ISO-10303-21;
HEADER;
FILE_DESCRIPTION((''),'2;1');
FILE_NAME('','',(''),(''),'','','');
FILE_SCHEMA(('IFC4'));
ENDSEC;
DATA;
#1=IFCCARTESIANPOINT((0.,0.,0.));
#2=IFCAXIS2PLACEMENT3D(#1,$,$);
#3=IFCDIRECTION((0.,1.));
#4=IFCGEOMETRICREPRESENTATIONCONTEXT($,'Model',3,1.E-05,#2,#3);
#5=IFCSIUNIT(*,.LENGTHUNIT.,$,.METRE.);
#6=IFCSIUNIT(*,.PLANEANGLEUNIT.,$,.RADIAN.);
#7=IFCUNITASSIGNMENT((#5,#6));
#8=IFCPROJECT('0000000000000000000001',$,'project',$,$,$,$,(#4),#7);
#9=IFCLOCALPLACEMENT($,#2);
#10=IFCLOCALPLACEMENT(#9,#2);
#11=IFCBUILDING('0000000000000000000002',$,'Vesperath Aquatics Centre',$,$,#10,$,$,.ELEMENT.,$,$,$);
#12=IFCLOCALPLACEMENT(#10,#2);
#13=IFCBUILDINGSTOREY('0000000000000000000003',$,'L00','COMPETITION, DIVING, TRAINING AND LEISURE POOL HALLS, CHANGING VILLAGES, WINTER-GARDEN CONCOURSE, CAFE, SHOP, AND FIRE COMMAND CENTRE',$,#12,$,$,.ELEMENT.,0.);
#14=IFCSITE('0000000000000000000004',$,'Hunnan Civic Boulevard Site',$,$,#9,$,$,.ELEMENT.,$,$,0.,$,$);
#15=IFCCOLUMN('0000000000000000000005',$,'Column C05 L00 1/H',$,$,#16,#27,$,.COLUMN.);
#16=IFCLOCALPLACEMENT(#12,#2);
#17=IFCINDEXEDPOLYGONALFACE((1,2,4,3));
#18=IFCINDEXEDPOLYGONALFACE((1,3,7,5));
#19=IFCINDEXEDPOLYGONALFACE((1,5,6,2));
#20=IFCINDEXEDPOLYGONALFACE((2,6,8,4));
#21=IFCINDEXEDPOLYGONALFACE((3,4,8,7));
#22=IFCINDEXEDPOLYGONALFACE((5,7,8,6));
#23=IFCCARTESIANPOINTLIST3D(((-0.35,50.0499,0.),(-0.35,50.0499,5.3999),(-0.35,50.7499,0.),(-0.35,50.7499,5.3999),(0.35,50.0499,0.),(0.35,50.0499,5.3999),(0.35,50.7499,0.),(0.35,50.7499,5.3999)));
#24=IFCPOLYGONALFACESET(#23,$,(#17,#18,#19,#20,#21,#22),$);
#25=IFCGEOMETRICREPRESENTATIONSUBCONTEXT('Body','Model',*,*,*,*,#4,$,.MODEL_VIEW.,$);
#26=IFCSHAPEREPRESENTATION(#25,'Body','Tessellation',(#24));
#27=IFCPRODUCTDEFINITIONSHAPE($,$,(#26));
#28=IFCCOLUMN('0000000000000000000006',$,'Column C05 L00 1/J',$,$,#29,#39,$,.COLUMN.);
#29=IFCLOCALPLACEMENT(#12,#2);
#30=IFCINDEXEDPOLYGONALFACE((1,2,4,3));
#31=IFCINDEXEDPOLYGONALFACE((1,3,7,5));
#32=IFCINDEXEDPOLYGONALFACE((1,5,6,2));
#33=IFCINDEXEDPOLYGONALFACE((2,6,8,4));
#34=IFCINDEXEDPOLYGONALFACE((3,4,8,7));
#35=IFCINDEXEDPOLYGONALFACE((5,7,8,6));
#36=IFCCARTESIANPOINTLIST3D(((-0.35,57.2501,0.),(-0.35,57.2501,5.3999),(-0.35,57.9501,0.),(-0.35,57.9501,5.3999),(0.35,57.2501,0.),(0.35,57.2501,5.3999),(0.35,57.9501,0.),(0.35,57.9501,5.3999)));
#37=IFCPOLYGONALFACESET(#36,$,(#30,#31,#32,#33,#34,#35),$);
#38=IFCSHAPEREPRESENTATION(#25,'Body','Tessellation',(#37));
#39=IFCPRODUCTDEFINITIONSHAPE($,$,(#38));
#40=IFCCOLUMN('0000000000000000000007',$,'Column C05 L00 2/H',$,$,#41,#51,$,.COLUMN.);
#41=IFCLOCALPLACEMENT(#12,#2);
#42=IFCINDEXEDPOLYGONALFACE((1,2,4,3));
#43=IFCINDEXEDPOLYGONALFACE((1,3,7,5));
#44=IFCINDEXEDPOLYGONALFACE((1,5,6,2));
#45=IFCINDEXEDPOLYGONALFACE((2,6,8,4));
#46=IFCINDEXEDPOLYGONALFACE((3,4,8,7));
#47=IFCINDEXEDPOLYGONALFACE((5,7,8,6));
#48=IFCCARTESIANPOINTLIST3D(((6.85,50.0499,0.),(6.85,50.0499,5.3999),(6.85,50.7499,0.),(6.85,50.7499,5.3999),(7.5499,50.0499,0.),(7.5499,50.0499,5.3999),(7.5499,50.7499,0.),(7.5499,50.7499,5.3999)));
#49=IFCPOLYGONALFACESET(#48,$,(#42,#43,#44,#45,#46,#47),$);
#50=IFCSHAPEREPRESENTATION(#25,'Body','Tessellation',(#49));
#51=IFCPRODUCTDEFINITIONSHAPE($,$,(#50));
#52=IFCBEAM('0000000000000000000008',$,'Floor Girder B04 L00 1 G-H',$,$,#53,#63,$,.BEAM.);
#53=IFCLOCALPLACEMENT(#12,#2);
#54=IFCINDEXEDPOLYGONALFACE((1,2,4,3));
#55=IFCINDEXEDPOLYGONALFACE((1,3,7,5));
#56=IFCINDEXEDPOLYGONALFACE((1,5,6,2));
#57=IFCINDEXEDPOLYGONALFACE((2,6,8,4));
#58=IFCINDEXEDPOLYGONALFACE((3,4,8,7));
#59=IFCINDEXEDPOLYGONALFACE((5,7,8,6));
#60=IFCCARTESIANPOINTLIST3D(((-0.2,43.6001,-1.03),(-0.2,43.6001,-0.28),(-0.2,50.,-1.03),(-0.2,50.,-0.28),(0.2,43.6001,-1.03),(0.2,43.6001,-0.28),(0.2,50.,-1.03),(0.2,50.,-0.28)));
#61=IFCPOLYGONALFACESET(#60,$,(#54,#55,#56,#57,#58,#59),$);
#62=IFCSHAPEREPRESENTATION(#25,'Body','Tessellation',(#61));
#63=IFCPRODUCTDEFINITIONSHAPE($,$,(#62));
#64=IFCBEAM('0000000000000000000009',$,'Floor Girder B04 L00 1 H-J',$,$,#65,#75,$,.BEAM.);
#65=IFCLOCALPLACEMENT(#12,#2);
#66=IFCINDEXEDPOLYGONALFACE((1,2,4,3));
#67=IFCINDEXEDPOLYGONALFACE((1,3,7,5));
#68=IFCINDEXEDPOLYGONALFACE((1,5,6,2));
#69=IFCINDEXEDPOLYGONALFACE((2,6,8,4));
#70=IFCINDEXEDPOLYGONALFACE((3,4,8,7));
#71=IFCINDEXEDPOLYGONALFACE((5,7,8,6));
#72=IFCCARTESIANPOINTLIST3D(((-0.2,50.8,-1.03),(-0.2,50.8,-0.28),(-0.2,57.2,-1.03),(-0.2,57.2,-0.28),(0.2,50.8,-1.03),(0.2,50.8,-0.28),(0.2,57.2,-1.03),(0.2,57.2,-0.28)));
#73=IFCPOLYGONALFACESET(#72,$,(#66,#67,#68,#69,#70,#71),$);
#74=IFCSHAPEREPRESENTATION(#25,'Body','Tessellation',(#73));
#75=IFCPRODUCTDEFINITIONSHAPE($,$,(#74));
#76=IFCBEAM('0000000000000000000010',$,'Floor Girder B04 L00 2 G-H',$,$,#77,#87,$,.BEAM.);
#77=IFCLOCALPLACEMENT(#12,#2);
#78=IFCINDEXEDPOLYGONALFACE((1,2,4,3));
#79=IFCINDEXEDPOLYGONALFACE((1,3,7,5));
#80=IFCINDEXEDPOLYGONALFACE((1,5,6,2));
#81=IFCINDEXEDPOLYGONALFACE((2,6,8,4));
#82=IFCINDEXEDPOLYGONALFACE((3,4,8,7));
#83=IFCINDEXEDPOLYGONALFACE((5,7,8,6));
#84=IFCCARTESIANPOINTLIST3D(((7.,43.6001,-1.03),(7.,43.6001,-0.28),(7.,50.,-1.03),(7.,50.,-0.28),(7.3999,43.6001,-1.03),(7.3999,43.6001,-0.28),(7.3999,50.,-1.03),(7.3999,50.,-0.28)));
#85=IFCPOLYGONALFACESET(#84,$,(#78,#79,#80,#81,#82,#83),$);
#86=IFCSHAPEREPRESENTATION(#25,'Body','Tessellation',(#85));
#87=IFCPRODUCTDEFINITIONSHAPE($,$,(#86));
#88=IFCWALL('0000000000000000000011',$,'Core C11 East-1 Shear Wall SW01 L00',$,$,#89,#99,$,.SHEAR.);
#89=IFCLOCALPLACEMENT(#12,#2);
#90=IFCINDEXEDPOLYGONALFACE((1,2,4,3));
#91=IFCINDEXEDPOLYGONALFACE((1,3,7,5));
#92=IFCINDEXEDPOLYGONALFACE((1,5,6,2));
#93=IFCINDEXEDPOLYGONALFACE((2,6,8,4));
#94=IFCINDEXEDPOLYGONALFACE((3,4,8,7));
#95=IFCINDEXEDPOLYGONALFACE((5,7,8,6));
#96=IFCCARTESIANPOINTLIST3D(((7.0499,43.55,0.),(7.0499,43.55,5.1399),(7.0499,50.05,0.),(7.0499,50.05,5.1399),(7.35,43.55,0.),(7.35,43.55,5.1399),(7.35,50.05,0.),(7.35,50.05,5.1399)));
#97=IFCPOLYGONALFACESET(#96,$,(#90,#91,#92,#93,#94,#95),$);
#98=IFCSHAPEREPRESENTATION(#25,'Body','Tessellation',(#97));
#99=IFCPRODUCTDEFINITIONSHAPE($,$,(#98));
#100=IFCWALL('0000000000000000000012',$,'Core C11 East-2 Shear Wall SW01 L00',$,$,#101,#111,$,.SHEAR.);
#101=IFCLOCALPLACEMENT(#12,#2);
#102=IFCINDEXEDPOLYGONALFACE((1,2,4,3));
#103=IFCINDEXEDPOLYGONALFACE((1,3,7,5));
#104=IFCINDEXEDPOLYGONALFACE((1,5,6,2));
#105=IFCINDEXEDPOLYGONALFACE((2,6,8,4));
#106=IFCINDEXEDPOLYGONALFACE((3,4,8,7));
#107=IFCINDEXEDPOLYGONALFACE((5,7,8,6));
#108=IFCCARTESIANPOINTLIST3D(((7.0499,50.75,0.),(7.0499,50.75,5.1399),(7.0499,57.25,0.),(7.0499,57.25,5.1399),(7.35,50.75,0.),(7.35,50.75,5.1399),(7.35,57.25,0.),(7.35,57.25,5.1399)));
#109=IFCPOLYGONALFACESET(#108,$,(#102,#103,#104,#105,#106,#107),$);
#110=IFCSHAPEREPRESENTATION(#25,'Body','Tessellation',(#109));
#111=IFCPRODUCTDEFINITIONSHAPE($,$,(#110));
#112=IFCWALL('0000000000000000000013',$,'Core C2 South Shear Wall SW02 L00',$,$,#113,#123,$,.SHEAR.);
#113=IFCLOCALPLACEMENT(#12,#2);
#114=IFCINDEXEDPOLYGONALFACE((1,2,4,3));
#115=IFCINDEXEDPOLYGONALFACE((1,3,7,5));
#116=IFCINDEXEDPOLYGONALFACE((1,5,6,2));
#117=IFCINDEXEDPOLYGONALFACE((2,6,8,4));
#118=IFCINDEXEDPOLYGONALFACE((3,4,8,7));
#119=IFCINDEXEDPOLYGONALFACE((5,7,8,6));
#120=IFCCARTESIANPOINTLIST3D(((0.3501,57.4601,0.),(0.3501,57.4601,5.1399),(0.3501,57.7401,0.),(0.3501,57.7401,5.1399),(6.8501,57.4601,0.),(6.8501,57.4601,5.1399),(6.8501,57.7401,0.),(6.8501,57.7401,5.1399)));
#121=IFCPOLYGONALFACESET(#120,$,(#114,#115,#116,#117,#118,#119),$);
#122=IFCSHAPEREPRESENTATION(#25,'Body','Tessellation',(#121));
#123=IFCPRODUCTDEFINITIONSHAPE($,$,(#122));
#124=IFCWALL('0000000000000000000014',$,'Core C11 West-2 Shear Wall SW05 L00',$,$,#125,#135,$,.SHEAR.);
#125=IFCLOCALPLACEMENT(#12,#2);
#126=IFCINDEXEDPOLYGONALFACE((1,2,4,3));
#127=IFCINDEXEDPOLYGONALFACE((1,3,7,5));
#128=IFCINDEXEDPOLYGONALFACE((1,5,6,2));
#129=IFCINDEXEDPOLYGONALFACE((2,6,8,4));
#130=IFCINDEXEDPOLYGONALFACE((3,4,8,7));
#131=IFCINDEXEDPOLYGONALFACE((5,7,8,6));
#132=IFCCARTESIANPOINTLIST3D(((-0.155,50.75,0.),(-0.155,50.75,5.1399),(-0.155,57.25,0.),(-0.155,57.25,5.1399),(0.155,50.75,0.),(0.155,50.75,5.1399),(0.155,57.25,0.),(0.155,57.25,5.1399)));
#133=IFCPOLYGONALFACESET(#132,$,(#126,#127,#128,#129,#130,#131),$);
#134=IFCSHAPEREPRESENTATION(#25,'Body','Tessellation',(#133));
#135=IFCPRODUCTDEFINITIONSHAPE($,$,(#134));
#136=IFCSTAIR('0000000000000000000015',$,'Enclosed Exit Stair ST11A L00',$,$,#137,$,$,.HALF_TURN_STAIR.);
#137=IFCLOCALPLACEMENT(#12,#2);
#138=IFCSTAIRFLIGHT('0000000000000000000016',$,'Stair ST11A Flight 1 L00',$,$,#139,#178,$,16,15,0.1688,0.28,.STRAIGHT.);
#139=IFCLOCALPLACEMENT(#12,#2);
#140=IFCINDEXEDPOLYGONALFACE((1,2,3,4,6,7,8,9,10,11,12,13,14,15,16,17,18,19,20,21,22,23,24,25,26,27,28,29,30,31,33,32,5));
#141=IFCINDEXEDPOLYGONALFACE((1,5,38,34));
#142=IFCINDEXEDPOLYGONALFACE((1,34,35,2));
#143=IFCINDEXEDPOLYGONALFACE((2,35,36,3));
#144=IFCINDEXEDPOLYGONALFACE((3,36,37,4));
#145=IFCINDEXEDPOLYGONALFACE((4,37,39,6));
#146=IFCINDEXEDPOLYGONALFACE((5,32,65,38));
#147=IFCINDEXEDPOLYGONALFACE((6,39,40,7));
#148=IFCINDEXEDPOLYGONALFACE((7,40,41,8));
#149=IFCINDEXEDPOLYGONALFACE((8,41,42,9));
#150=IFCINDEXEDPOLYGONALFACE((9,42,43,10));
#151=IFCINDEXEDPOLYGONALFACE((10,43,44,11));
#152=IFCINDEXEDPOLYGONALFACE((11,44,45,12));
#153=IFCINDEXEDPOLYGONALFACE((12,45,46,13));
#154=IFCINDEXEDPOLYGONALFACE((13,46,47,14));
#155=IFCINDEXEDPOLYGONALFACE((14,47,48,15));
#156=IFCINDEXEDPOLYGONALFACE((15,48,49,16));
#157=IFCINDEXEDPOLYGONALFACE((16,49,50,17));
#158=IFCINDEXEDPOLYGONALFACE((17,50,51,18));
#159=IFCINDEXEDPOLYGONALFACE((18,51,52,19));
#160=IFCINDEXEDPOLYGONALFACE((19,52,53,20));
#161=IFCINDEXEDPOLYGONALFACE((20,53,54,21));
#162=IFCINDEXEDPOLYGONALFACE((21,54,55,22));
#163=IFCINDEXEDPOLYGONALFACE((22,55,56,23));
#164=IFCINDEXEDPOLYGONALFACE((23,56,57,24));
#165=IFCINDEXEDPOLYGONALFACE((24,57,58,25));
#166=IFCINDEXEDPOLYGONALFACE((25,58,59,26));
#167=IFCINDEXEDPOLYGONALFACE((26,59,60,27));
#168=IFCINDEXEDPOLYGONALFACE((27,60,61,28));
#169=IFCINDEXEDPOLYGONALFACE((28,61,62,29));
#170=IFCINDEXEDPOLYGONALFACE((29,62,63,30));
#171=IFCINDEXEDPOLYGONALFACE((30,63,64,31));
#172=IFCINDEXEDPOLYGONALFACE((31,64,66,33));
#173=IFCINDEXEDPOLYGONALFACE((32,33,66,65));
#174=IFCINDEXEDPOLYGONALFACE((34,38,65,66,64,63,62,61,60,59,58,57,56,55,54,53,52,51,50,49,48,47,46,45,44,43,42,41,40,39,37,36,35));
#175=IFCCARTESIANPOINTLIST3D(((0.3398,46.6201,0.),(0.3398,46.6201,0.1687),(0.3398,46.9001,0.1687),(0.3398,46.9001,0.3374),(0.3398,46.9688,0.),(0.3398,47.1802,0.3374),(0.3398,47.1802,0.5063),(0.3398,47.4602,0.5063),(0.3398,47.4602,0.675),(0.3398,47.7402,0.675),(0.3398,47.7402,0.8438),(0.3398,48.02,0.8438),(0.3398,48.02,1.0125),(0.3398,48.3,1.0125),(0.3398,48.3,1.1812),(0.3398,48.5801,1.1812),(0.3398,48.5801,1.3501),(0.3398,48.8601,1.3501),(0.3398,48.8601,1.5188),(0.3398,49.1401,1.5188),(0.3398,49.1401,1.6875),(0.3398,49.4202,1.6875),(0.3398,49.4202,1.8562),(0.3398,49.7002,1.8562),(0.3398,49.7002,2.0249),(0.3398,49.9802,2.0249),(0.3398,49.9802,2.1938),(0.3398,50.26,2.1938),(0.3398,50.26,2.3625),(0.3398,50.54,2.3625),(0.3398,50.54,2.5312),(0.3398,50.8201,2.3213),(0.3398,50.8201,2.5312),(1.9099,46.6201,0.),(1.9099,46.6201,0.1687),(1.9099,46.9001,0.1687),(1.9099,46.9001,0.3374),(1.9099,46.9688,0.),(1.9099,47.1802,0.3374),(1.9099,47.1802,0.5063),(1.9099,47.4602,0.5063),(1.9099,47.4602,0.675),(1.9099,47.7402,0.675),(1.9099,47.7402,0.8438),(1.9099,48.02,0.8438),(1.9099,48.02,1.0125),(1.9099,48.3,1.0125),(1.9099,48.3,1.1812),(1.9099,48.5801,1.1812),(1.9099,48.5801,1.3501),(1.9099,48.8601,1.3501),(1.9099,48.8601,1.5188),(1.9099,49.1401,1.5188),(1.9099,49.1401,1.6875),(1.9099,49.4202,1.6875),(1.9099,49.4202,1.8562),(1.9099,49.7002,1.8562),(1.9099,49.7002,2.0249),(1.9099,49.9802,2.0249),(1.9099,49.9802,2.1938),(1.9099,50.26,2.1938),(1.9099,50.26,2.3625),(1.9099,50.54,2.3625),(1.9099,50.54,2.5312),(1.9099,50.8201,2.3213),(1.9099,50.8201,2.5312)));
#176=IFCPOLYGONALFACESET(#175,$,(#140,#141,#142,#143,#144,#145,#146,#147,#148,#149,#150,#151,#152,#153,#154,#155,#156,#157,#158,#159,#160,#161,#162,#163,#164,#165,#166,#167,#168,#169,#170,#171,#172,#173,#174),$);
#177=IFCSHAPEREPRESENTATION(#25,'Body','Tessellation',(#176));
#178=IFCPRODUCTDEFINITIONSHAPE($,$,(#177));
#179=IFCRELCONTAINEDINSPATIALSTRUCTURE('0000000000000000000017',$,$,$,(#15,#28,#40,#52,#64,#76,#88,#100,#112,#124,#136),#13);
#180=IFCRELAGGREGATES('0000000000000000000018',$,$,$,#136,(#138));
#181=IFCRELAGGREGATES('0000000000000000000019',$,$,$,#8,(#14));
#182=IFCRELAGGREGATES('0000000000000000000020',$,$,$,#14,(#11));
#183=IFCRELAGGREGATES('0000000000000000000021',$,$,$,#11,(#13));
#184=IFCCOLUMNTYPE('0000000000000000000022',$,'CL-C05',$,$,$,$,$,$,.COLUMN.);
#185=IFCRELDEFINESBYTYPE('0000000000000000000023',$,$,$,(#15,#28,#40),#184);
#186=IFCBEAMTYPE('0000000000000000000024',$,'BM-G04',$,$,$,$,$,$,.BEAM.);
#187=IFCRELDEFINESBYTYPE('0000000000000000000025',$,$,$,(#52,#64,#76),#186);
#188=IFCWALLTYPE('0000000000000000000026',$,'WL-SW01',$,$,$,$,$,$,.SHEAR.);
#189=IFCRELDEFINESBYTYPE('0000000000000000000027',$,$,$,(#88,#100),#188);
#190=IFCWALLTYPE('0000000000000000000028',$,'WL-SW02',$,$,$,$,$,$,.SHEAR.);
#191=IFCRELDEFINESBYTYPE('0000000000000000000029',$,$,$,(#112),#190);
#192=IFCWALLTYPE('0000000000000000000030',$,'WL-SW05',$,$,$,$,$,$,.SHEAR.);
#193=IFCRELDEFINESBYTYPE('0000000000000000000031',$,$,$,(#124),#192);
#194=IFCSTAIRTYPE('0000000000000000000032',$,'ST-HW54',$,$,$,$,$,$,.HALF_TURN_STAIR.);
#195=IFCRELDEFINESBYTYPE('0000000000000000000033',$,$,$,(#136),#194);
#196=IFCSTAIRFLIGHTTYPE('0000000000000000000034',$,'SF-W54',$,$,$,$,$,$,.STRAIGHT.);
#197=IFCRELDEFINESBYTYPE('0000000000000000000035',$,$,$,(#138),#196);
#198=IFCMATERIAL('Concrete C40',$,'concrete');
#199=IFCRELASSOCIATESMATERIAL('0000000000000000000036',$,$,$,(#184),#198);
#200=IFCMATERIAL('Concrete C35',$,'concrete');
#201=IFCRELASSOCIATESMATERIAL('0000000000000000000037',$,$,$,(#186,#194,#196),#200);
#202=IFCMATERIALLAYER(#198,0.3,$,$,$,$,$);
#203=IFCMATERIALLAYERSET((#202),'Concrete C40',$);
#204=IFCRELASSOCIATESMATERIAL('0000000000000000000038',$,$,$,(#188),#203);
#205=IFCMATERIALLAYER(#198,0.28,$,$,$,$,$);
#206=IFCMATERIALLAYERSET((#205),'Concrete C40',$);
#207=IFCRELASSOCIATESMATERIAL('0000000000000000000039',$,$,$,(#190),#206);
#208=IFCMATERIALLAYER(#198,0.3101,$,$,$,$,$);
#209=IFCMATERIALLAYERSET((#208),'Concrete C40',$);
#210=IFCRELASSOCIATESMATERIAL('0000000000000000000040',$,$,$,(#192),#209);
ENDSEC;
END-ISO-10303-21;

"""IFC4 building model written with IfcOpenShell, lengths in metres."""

from ifc_helpers import new_model, si_unit, direction, frame, frame_2d, origin, origin_2d, place, context, subcontext, project, spatial, polyline, rectangle, outline, extrude, material, layer, layer_set, material_profile, profile_set, type_object, element, aggregate, save


model = new_model("IFC4")

# Units and contexts
model_context = context("Model", 3, precision=1e-05, world=origin(), true_north=direction((0.0, 1.0)))
body_context = subcontext(model_context, "Body", "Model", "MODEL_VIEW")
ifc_project = project(units=[si_unit("LENGTHUNIT", "METRE"), si_unit("PLANEANGLEUNIT", "RADIAN")], contexts=[model_context])

# Site, building, storey
site_placement = place(None, origin())
site = spatial("IfcSite", under=ifc_project, at=site_placement, Name="Hunnan Civic Boulevard Site", CompositionType="ELEMENT", RefElevation=0.0)
building_placement = place(site_placement, origin())
building = spatial("IfcBuilding", under=site, at=building_placement, Name="Vesperath Aquatics Centre", CompositionType="ELEMENT")
storey_placement = place(building_placement, origin())
storey = spatial("IfcBuildingStorey", under=building, at=storey_placement, Name="L00", Description="COMPETITION, DIVING, TRAINING AND LEISURE POOL HALLS, CHANGING VILLAGES, WINTER-GARDEN CONCOURSE, CAFE, SHOP, AND FIRE COMMAND CENTRE", CompositionType="ELEMENT", Elevation=0.0)

# Columns
ifc_material_1 = material(Name="Concrete C40", Category="concrete")
ifc_material_profile_1 = material_profile(ifc_material_1, rectangle(XDim=0.7, YDim=0.7, at=origin_2d()), Name="RC 700x700")
ifc_profile_set_1 = profile_set([ifc_material_profile_1], Name="Concrete C40")
column_type = type_object("IfcColumnType", Name="CL-C05", PredefinedType="COLUMN", material=ifc_profile_set_1)
for number, where, z_axis, x_axis, name in (
    (1, (0.0, 50.3999, 0.0), (0.0, 0.0, 1.0), (1.0, 0.0, 0.0), "Column C05 L00 1/H"),
    (2, (0.0, 57.6001, 0.0), (0.0, 0.0, 1.0), (1.0, 0.0, 0.0), "Column C05 L00 1/J"),
    (3, (7.2, 50.3999, 0.0), (0.0, 0.0, 1.0), (1.0, 0.0, 0.0), "Column C05 L00 2/H"),
):
    element("IfcColumn", number, at=place(storey_placement, frame(where, z_axis=z_axis, x_axis=x_axis)), inside=storey, type_object=column_type, Name=name, PredefinedType="COLUMN", context=body_context, shape_type="SweptSolid", body=[
        extrude(rectangle(XDim=0.7, YDim=0.7, at=origin_2d()), origin(), (0.0, 0.0, 1.0), 5.3999),
    ])

# Beams
ifc_material_2 = material(Name="Concrete C35", Category="concrete")
ifc_material_profile_2 = material_profile(ifc_material_2, rectangle(XDim=0.3999, YDim=0.75, at=origin_2d()), Name="RC 400x750")
ifc_profile_set_2 = profile_set([ifc_material_profile_2], Name="Concrete C35")
beam_type = type_object("IfcBeamType", Name="BM-G04", PredefinedType="BEAM", material=ifc_profile_set_2)
for number, where, z_axis, x_axis, name in (
    (4, (0.0, 43.6001, -0.655), (0.0, 1.0, 0.0), (-1.0, 0.0, 0.0), "Floor Girder B04 L00 1 G-H"),
    (5, (0.0, 50.8, -0.655), (0.0, 1.0, 0.0), (-1.0, 0.0, 0.0), "Floor Girder B04 L00 1 H-J"),
    (6, (7.2, 43.6001, -0.655), (0.0, 1.0, 0.0), (-1.0, 0.0, 0.0), "Floor Girder B04 L00 2 G-H"),
):
    element("IfcBeam", number, at=place(storey_placement, frame(where, z_axis=z_axis, x_axis=x_axis)), inside=storey, type_object=beam_type, Name=name, PredefinedType="BEAM", context=body_context, shape_type="SweptSolid", body=[
        extrude(rectangle(XDim=0.3999, YDim=0.75, at=origin_2d()), origin(), (0.0, 0.0, 1.0), 6.3999),
    ])

# Walls
ifc_layer_1 = layer(ifc_material_1, 0.3)
ifc_layer_set_1 = layer_set([ifc_layer_1], Name="Concrete C40")
wall_type_1 = type_object("IfcWallType", Name="WL-SW01", PredefinedType="SHEAR", material=ifc_layer_set_1)
for number, where, z_axis, x_axis, name in (
    (7, (7.2, 43.55, 0.0), (0.0, 0.0, 1.0), (0.0, 1.0, 0.0), "Core C11 East-1 Shear Wall SW01 L00"),
    (8, (7.2, 50.75, 0.0), (0.0, 0.0, 1.0), (0.0, 1.0, 0.0), "Core C11 East-2 Shear Wall SW01 L00"),
):
    element("IfcWall", number, at=place(storey_placement, frame(where, z_axis=z_axis, x_axis=x_axis)), inside=storey, type_object=wall_type_1, Name=name, PredefinedType="SHEAR", context=body_context, shape_type="SweptSolid", body=[
        extrude(rectangle(XDim=6.5, YDim=0.3, at=frame_2d((3.25, 0.0))), origin(), (0.0, 0.0, 1.0), 5.1399),
    ])
ifc_layer_2 = layer(ifc_material_1, 0.28)
ifc_layer_set_2 = layer_set([ifc_layer_2], Name="Concrete C40")
wall_type_2 = type_object("IfcWallType", Name="WL-SW02", PredefinedType="SHEAR", material=ifc_layer_set_2)
wall_1_placement = place(storey_placement, frame((0.3501, 57.6001, 0.0), z_axis=(0.0, 0.0, 1.0), x_axis=(1.0, 0.0, 0.0)))
element("IfcWall", 9, at=wall_1_placement, inside=storey, type_object=wall_type_2, Name="Core C2 South Shear Wall SW02 L00", PredefinedType="SHEAR", context=body_context, shape_type="SweptSolid", body=[
    extrude(rectangle(XDim=6.5, YDim=0.28, at=frame_2d((3.25, 0.0))), origin(), (0.0, 0.0, 1.0), 5.1399),
])

# Shared definitions
ifc_layer_3 = layer(ifc_material_1, 0.3101)
ifc_layer_set_3 = layer_set([ifc_layer_3], Name="Concrete C40")
wall_type_3 = type_object("IfcWallType", Name="WL-SW05", PredefinedType="SHEAR", material=ifc_layer_set_3)

# Wall
wall_2_placement = place(storey_placement, frame((0.0, 50.75, 0.0), z_axis=(0.0, 0.0, 1.0), x_axis=(0.0, 1.0, 0.0)))
element("IfcWall", 10, at=wall_2_placement, inside=storey, type_object=wall_type_3, Name="Core C11 West-2 Shear Wall SW05 L00", PredefinedType="SHEAR", context=body_context, shape_type="SweptSolid", body=[
    extrude(rectangle(XDim=6.5, YDim=0.3101, at=frame_2d((3.25, 0.0))), origin(), (0.0, 0.0, 1.0), 5.1399),
])

# Stair, stair flight
stair_type = type_object("IfcStairType", Name="ST-HW54", PredefinedType="HALF_TURN_STAIR", material=ifc_material_2)
stair_1_placement = place(storey_placement, origin())
stair_1 = element("IfcStair", 11, at=stair_1_placement, inside=storey, type_object=stair_type, Name="Enclosed Exit Stair ST11A L00", PredefinedType="HALF_TURN_STAIR")
stair_flight_type = type_object("IfcStairFlightType", Name="SF-W54", PredefinedType="STRAIGHT", material=ifc_material_2)
stair_flight_1_placement = place(storey_placement, frame((1.125, 46.6201, 0.0), z_axis=(0.0, 0.0, 1.0), x_axis=(0.0, 1.0, 0.0)))
stair_flight_1 = element("IfcStairFlight", 12, at=stair_flight_1_placement, type_object=stair_flight_type, Name="Stair ST11A Flight 1 L00", NumberOfRisers=16, NumberOfTreads=15, PredefinedType="STRAIGHT", RiserHeight=0.1688, TreadLength=0.28, context=body_context, shape_type="SweptSolid", body=[
    extrude(outline(polyline([(0.0, 0.0), (0.0, 0.1687), (0.28, 0.1687), (0.28, 0.3374), (0.5601, 0.3374), (0.5601, 0.5063), (0.8401, 0.5063), (0.8401, 0.675), (1.1201, 0.675), (1.1201, 0.8438), (1.3999, 0.8438), (1.3999, 1.0125), (1.6799, 1.0125), (1.6799, 1.1812), (1.96, 1.1812), (1.96, 1.3501), (2.24, 1.3501), (2.24, 1.5188), (2.52, 1.5188), (2.52, 1.6875), (2.8, 1.6875), (2.8, 1.8562), (3.0801, 1.8562), (3.0801, 2.0249), (3.3601, 2.0249), (3.3601, 2.1938), (3.6399, 2.1938), (3.6399, 2.3625), (3.9199, 2.3625), (3.9199, 2.5312), (4.2, 2.5312), (4.2, 2.7), (4.2, 2.3213), (0.3486, 0.0), (0.0, 0.0)])), frame((0.0, 0.7852, 0.0), z_axis=(0.0, -1.0, 0.0), x_axis=(1.0, 0.0, 0.0)), (0.0, 0.0, 1.0), 1.5701),
])
aggregate(stair_1, [stair_flight_1])

save(model, "model.ifc")
